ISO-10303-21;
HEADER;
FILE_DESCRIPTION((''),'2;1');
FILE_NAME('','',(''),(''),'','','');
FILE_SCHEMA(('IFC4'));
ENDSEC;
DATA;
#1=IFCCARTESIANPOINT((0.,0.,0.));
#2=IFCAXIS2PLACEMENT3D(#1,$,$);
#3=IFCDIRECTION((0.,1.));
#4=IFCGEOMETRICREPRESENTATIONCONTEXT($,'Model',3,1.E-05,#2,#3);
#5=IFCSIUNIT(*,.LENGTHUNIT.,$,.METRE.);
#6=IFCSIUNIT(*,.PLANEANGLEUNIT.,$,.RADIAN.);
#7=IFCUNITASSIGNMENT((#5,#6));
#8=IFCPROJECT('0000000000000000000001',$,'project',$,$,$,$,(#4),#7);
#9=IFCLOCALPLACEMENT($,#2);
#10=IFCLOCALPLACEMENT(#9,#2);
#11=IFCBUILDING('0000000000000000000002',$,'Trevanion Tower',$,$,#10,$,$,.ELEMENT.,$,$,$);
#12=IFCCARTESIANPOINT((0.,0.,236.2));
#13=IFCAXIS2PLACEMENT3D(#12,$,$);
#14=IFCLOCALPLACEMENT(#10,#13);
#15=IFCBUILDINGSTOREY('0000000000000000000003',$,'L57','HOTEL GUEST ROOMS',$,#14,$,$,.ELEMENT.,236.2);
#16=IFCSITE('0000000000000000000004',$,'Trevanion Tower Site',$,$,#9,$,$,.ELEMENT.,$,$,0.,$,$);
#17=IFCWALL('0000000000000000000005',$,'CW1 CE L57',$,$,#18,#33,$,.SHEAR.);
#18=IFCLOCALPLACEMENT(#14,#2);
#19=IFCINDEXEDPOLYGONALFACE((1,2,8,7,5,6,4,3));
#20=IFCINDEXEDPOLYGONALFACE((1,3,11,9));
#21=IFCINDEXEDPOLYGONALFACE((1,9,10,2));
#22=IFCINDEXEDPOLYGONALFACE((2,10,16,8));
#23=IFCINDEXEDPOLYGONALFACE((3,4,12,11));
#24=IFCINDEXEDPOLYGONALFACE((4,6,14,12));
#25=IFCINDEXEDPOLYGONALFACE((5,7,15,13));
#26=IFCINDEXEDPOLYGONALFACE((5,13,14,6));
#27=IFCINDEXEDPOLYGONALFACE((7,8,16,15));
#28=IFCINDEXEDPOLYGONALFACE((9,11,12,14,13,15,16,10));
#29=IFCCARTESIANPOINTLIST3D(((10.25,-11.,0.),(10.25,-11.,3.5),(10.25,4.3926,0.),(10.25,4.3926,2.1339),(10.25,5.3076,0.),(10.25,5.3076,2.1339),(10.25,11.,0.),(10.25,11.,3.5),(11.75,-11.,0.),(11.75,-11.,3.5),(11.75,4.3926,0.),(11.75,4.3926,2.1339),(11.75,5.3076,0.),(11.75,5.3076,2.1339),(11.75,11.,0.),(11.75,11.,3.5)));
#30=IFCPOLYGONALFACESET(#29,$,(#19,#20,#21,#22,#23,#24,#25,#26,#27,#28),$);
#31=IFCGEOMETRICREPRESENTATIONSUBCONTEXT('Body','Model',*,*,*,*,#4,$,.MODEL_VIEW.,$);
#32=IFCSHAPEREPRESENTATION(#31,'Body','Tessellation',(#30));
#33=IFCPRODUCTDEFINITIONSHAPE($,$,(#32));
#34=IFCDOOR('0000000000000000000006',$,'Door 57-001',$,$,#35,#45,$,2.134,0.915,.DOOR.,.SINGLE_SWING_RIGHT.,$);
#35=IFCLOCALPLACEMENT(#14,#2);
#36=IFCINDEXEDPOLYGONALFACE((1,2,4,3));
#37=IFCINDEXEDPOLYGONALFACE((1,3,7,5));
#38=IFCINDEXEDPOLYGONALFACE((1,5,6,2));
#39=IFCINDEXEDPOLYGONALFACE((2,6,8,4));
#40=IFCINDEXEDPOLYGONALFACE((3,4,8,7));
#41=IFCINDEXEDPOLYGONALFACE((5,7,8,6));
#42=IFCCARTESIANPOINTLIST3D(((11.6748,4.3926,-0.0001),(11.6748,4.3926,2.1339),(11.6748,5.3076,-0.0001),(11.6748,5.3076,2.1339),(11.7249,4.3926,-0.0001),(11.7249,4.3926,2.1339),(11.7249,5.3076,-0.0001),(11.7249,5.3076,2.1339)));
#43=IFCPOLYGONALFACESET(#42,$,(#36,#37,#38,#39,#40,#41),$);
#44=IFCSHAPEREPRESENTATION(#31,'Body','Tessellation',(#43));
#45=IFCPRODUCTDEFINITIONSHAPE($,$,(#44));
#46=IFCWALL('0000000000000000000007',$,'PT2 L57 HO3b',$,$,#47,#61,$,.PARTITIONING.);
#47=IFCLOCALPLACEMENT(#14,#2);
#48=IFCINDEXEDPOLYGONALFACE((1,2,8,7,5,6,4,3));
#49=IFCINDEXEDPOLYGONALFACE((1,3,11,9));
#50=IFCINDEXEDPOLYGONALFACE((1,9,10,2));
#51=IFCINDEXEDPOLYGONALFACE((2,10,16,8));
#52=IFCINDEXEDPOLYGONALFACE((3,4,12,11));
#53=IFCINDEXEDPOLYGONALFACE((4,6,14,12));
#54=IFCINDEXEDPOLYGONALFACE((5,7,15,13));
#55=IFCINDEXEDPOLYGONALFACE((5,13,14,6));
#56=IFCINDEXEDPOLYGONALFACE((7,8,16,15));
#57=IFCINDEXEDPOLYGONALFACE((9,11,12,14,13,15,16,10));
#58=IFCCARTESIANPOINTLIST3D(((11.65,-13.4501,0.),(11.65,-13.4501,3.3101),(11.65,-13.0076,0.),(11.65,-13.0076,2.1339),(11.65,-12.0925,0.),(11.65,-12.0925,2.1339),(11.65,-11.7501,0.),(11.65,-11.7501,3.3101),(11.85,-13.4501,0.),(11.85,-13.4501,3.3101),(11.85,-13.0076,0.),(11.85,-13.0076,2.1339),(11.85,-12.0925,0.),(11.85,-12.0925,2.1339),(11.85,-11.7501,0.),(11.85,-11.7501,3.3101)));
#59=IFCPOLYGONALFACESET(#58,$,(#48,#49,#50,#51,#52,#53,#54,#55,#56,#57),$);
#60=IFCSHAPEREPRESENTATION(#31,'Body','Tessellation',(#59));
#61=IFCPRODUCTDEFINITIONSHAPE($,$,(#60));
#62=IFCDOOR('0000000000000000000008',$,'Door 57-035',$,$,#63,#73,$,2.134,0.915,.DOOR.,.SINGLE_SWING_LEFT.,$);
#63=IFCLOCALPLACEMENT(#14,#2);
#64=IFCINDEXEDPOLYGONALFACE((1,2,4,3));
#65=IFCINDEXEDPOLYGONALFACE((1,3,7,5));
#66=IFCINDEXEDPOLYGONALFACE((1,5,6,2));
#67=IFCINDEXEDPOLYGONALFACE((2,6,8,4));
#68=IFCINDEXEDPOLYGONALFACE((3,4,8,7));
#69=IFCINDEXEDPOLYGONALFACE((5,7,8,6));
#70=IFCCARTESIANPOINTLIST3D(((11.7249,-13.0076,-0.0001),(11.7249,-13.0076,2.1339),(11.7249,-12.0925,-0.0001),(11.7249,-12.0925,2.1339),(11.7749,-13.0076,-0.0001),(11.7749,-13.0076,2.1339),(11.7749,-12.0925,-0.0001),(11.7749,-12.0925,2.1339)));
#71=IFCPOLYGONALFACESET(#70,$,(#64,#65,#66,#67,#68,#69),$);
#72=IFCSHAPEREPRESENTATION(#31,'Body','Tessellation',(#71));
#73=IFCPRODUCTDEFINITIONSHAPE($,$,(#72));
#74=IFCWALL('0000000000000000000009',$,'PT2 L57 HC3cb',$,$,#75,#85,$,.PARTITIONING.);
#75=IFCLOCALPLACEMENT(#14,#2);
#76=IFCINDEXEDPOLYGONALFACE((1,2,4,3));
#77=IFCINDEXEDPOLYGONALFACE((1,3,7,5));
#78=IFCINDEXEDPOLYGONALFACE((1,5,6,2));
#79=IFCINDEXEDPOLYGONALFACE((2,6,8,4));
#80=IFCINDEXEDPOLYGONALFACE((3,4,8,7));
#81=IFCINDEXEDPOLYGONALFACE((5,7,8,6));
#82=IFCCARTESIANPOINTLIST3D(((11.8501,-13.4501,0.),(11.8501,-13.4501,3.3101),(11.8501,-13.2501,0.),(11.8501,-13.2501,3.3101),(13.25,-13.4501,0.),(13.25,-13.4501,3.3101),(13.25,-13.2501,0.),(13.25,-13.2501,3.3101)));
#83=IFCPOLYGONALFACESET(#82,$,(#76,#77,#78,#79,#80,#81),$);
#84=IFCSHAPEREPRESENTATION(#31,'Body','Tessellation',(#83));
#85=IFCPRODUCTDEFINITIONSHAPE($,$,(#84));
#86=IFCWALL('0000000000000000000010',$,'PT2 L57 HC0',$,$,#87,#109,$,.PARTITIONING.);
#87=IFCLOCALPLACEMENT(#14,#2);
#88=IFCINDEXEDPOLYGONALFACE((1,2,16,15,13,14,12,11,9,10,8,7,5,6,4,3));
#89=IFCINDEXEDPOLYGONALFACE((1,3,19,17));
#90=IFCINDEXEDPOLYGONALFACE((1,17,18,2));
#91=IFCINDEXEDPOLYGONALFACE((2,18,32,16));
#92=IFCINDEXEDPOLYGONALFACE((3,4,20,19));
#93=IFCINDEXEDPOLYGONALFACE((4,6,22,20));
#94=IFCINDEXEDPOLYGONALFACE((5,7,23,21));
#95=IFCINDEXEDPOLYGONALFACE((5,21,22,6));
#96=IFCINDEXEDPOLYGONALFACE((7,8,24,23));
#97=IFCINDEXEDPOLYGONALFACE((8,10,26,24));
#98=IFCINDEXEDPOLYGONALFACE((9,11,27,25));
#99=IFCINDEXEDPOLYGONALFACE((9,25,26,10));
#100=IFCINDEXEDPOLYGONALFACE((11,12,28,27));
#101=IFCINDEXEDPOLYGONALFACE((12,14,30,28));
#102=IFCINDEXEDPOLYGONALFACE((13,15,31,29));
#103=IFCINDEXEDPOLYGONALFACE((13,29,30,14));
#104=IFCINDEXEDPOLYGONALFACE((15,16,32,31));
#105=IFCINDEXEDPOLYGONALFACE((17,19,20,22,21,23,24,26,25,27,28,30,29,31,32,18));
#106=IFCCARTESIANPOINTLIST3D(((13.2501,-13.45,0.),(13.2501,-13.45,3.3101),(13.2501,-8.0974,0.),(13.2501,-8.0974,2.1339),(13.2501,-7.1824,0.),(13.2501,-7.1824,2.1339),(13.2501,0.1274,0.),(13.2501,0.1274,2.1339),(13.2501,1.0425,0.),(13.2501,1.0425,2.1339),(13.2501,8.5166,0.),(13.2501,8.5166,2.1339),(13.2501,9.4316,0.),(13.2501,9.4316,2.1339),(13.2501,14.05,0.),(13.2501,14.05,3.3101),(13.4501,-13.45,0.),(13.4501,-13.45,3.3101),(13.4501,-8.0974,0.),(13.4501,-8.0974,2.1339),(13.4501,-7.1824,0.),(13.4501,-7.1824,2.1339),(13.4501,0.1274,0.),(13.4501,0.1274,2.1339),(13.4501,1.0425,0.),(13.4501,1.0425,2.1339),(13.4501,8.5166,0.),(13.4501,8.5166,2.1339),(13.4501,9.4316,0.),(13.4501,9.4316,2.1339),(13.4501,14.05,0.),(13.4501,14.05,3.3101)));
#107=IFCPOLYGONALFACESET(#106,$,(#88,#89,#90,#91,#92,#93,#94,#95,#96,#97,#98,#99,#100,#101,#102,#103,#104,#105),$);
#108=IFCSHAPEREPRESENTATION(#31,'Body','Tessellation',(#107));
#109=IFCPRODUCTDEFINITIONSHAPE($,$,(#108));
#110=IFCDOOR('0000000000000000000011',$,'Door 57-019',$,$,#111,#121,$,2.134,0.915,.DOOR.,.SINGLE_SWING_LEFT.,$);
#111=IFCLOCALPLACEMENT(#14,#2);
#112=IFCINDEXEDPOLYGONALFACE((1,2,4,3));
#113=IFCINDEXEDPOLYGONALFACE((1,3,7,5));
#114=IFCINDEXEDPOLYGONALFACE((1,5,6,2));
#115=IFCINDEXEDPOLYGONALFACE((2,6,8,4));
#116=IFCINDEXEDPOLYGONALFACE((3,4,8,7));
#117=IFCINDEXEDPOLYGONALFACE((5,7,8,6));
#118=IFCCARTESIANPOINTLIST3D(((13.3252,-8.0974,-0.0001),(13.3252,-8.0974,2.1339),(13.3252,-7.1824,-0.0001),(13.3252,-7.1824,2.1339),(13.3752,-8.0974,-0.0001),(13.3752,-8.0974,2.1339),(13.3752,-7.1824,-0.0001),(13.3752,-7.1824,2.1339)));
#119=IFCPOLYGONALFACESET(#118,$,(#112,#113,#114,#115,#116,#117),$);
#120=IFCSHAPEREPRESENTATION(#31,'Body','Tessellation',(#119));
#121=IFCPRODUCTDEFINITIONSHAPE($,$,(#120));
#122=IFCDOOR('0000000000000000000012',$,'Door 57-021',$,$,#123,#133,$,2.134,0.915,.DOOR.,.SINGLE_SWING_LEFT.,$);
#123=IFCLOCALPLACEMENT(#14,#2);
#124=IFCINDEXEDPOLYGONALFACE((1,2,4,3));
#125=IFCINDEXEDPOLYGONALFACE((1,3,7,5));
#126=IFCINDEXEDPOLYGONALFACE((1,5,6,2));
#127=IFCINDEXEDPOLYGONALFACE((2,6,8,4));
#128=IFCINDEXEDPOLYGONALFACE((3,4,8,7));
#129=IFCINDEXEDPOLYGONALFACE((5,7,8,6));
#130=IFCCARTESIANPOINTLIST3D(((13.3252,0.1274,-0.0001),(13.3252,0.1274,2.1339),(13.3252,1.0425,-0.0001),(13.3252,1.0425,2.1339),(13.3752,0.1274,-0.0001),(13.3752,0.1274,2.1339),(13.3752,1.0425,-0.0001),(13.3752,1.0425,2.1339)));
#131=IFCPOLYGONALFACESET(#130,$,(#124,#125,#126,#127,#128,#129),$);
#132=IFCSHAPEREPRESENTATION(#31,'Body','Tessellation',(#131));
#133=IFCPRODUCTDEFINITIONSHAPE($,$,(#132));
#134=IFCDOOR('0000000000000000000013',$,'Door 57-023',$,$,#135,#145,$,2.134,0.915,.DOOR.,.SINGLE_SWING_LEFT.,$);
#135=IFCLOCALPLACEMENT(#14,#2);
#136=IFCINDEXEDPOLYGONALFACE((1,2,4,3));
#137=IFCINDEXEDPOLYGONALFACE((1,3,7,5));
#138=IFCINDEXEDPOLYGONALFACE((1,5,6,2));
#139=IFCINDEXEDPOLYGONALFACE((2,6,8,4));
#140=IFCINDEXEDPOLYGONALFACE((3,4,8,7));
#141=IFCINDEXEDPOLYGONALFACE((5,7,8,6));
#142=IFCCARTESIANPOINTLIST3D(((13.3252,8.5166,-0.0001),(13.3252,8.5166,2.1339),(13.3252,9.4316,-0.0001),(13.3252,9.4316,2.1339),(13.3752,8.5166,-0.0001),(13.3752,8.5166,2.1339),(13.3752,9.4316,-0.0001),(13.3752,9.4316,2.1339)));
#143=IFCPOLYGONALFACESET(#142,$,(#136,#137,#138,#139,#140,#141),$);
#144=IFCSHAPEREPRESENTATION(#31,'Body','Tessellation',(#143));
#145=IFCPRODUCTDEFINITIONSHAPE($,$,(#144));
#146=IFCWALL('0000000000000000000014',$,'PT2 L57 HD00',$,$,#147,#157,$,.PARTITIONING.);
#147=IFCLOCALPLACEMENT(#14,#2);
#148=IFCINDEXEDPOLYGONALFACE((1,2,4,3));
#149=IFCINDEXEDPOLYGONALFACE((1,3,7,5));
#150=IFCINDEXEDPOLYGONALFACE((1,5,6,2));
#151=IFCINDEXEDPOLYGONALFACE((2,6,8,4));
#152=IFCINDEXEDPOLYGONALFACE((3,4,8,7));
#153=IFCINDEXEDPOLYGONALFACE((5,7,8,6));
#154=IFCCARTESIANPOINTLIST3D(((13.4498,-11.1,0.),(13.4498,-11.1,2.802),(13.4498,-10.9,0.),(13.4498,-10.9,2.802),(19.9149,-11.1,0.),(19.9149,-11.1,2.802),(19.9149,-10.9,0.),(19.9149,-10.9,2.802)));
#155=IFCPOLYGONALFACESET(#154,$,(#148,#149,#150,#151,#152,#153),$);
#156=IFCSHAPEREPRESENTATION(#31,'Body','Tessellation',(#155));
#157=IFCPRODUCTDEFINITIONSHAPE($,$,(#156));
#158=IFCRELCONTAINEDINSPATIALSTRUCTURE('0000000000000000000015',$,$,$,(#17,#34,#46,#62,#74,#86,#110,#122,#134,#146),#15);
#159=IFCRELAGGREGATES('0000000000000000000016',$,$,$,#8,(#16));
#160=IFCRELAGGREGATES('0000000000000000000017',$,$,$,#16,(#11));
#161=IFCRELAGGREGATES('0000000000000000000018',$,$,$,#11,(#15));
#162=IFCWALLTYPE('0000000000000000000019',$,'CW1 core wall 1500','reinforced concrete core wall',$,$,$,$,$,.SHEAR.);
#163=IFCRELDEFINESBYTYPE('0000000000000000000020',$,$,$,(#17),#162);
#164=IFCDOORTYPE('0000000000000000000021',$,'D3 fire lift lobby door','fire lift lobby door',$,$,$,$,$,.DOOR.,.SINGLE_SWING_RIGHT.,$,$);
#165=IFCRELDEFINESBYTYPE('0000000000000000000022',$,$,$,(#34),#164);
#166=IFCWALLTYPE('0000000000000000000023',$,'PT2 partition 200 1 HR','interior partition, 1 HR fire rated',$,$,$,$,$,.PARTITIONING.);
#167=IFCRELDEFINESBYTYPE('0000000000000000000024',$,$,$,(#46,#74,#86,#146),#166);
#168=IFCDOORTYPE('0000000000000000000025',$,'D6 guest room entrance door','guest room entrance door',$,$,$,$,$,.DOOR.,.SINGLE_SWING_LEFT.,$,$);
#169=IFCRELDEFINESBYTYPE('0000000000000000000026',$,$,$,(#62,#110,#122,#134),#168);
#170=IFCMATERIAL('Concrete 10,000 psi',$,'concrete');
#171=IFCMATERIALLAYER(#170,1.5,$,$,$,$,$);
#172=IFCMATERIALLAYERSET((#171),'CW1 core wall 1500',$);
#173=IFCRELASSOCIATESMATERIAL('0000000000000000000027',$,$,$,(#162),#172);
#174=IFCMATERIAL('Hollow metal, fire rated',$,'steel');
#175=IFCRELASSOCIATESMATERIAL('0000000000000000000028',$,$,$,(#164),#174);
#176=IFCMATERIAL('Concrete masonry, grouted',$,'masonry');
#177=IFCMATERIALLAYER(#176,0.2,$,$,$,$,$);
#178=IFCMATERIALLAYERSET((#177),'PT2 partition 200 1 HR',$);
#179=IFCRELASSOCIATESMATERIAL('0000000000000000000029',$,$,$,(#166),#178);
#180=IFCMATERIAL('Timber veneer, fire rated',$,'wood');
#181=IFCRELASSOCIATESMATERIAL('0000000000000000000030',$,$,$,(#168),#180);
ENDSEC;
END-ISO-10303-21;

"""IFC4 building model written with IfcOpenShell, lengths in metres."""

from ifc_helpers import new_model, si_unit, direction, frame, frame_2d, origin, place, context, subcontext, project, spatial, rectangle, extrude, material, layer, layer_set, type_object, element, fill, save


model = new_model("IFC4")

# Units and contexts
model_context = context("Model", 3, precision=1e-05, world=origin(), true_north=direction((0.0, 1.0)))
body_context = subcontext(model_context, "Body", "Model", "MODEL_VIEW")
ifc_project = project(units=[si_unit("LENGTHUNIT", "METRE"), si_unit("PLANEANGLEUNIT", "RADIAN")], contexts=[model_context])

# Site, building, storey
site_placement = place(None, origin())
site = spatial("IfcSite", under=ifc_project, at=site_placement, Name="Trevanion Tower Site", CompositionType="ELEMENT", RefElevation=0.0)
building_placement = place(site_placement, origin())
building = spatial("IfcBuilding", under=site, at=building_placement, Name="Trevanion Tower", CompositionType="ELEMENT")
storey_placement = place(building_placement, frame((0.0, 0.0, 236.2)))
storey = spatial("IfcBuildingStorey", under=building, at=storey_placement, Name="L57", Description="HOTEL GUEST ROOMS", CompositionType="ELEMENT", Elevation=236.2)

# Walls, openings, doors
ifc_material_1 = material(Name="Concrete 10,000 psi", Category="concrete")
ifc_layer_1 = layer(ifc_material_1, 1.5)
ifc_layer_set_1 = layer_set([ifc_layer_1], Name="CW1 core wall 1500")
wall_type_1 = type_object("IfcWallType", Name="CW1 core wall 1500", Description="reinforced concrete core wall", PredefinedType="SHEAR", material=ifc_layer_set_1)
wall_1_placement = place(storey_placement, frame((11.0, -11.0, 0.0), z_axis=(0.0, 0.0, 1.0), x_axis=(0.0, 1.0, 0.0)))
wall_1 = element("IfcWall", 1, at=wall_1_placement, inside=storey, type_object=wall_type_1, Name="CW1 CE L57", PredefinedType="SHEAR", context=body_context, shape_type="SweptSolid", body=[
    extrude(rectangle(XDim=22.0, YDim=1.5, at=frame_2d((11.0, 0.0))), origin(), (0.0, 0.0, 1.0), 3.5),
])
opening_1_placement = place(wall_1_placement, frame((15.3926, 0.0, 0.0)))
opening_1 = element("IfcOpeningElement", 2, at=opening_1_placement, cuts=wall_1, PredefinedType="OPENING", context=body_context, shape_type="SweptSolid", body=[
    extrude(rectangle(XDim=0.915, YDim=2.134, at=frame_2d((0.4575, 1.0669))), frame((0.0, 0.76, 0.0), z_axis=(0.0, -1.0, 0.0), x_axis=(1.0, 0.0, 0.0)), (0.0, 0.0, 1.0), 1.52),
])
ifc_material_2 = material(Name="Hollow metal, fire rated", Category="steel")
door_type_1 = type_object("IfcDoorType", Name="D3 fire lift lobby door", Description="fire lift lobby door", OperationType="SINGLE_SWING_RIGHT", PredefinedType="DOOR", material=ifc_material_2)
door_1_placement = place(opening_1_placement, origin())
door_1 = element("IfcDoor", 3, at=door_1_placement, inside=storey, type_object=door_type_1, Name="Door 57-001", OperationType="SINGLE_SWING_RIGHT", OverallHeight=2.134, OverallWidth=0.915, PredefinedType="DOOR", context=body_context, shape_type="SweptSolid", body=[
    extrude(rectangle(XDim=0.915, YDim=2.134, at=frame_2d((0.4575, 1.0669))), frame((0.0, -0.6748, 0.0), z_axis=(0.0, -1.0, 0.0), x_axis=(1.0, 0.0, 0.0)), (0.0, 0.0, 1.0), 0.05),
])
fill(opening_1, door_1)
ifc_material_3 = material(Name="Concrete masonry, grouted", Category="masonry")
ifc_layer_2 = layer(ifc_material_3, 0.2)
ifc_layer_set_2 = layer_set([ifc_layer_2], Name="PT2 partition 200 1 HR")
wall_type_2 = type_object("IfcWallType", Name="PT2 partition 200 1 HR", Description="interior partition, 1 HR fire rated", PredefinedType="PARTITIONING", material=ifc_layer_set_2)
wall_2_placement = place(storey_placement, frame((11.75, -11.75, 0.0), z_axis=(0.0, 0.0, 1.0), x_axis=(0.0, -1.0, 0.0)))
wall_2 = element("IfcWall", 4, at=wall_2_placement, inside=storey, type_object=wall_type_2, Name="PT2 L57 HO3b", PredefinedType="PARTITIONING", context=body_context, shape_type="SweptSolid", body=[
    extrude(rectangle(XDim=1.7, YDim=0.2, at=frame_2d((0.8501, 0.0))), origin(), (0.0, 0.0, 1.0), 3.3101),
])
opening_2_placement = place(wall_2_placement, frame((0.3425, 0.0, 0.0)))
opening_2 = element("IfcOpeningElement", 5, at=opening_2_placement, cuts=wall_2, PredefinedType="OPENING", context=body_context, shape_type="SweptSolid", body=[
    extrude(rectangle(XDim=0.915, YDim=2.134, at=frame_2d((0.4575, 1.0669))), frame((0.0, 0.1099, 0.0), z_axis=(0.0, -1.0, 0.0), x_axis=(1.0, 0.0, 0.0)), (0.0, 0.0, 1.0), 0.22),
])
ifc_material_4 = material(Name="Timber veneer, fire rated", Category="wood")
door_type_2 = type_object("IfcDoorType", Name="D6 guest room entrance door", Description="guest room entrance door", OperationType="SINGLE_SWING_LEFT", PredefinedType="DOOR", material=ifc_material_4)
door_2_placement = place(opening_2_placement, origin())
door_2 = element("IfcDoor", 6, at=door_2_placement, inside=storey, type_object=door_type_2, Name="Door 57-035", OperationType="SINGLE_SWING_LEFT", OverallHeight=2.134, OverallWidth=0.915, PredefinedType="DOOR", context=body_context, shape_type="SweptSolid", body=[
    extrude(rectangle(XDim=0.915, YDim=2.134, at=frame_2d((0.4575, 1.0669))), frame((0.0, 0.0249, 0.0), z_axis=(0.0, -1.0, 0.0), x_axis=(1.0, 0.0, 0.0)), (0.0, 0.0, 1.0), 0.05),
])
fill(opening_2, door_2)

# Wall
wall_3_placement = place(storey_placement, frame((11.8501, -13.3501, 0.0), z_axis=(0.0, 0.0, 1.0), x_axis=(1.0, 0.0, 0.0)))
element("IfcWall", 7, at=wall_3_placement, inside=storey, type_object=wall_type_2, Name="PT2 L57 HC3cb", PredefinedType="PARTITIONING", context=body_context, shape_type="SweptSolid", body=[
    extrude(rectangle(XDim=1.3999, YDim=0.2, at=frame_2d((0.7, 0.0))), origin(), (0.0, 0.0, 1.0), 3.3101),
])

# Wall, openings, doors
wall_4_placement = place(storey_placement, frame((13.3501, -13.45, 0.0), z_axis=(0.0, 0.0, 1.0), x_axis=(0.0, 1.0, 0.0)))
wall_4 = element("IfcWall", 8, at=wall_4_placement, inside=storey, type_object=wall_type_2, Name="PT2 L57 HC0", PredefinedType="PARTITIONING", context=body_context, shape_type="SweptSolid", body=[
    extrude(rectangle(XDim=27.5, YDim=0.2, at=frame_2d((13.75, 0.0))), origin(), (0.0, 0.0, 1.0), 3.3101),
])
opening_3_placement = place(wall_4_placement, frame((5.3525, 0.0, 0.0)))
opening_3 = element("IfcOpeningElement", 9, at=opening_3_placement, cuts=wall_4, PredefinedType="OPENING", context=body_context, shape_type="SweptSolid", body=[
    extrude(rectangle(XDim=0.915, YDim=2.134, at=frame_2d((0.4575, 1.0669))), frame((0.0, 0.1099, 0.0), z_axis=(0.0, -1.0, 0.0), x_axis=(1.0, 0.0, 0.0)), (0.0, 0.0, 1.0), 0.22),
])
opening_4_placement = place(wall_4_placement, frame((13.5774, 0.0, 0.0)))
opening_4 = element("IfcOpeningElement", 10, at=opening_4_placement, cuts=wall_4, PredefinedType="OPENING", context=body_context, shape_type="SweptSolid", body=[
    extrude(rectangle(XDim=0.915, YDim=2.134, at=frame_2d((0.4575, 1.0669))), frame((0.0, 0.1099, 0.0), z_axis=(0.0, -1.0, 0.0), x_axis=(1.0, 0.0, 0.0)), (0.0, 0.0, 1.0), 0.22),
])
opening_5_placement = place(wall_4_placement, frame((21.9666, 0.0, 0.0)))
opening_5 = element("IfcOpeningElement", 11, at=opening_5_placement, cuts=wall_4, PredefinedType="OPENING", context=body_context, shape_type="SweptSolid", body=[
    extrude(rectangle(XDim=0.915, YDim=2.134, at=frame_2d((0.4575, 1.0669))), frame((0.0, 0.1099, 0.0), z_axis=(0.0, -1.0, 0.0), x_axis=(1.0, 0.0, 0.0)), (0.0, 0.0, 1.0), 0.22),
])
door_3_placement = place(opening_3_placement, origin())
door_3 = element("IfcDoor", 12, at=door_3_placement, inside=storey, type_object=door_type_2, Name="Door 57-019", OperationType="SINGLE_SWING_LEFT", OverallHeight=2.134, OverallWidth=0.915, PredefinedType="DOOR", context=body_context, shape_type="SweptSolid", body=[
    extrude(rectangle(XDim=0.915, YDim=2.134, at=frame_2d((0.4575, 1.0669))), frame((0.0, 0.0249, 0.0), z_axis=(0.0, -1.0, 0.0), x_axis=(1.0, 0.0, 0.0)), (0.0, 0.0, 1.0), 0.05),
])
fill(opening_3, door_3)
door_4_placement = place(opening_4_placement, origin())
door_4 = element("IfcDoor", 13, at=door_4_placement, inside=storey, type_object=door_type_2, Name="Door 57-021", OperationType="SINGLE_SWING_LEFT", OverallHeight=2.134, OverallWidth=0.915, PredefinedType="DOOR", context=body_context, shape_type="SweptSolid", body=[
    extrude(rectangle(XDim=0.915, YDim=2.134, at=frame_2d((0.4575, 1.0669))), frame((0.0, 0.0249, 0.0), z_axis=(0.0, -1.0, 0.0), x_axis=(1.0, 0.0, 0.0)), (0.0, 0.0, 1.0), 0.05),
])
fill(opening_4, door_4)
door_5_placement = place(opening_5_placement, origin())
door_5 = element("IfcDoor", 14, at=door_5_placement, inside=storey, type_object=door_type_2, Name="Door 57-023", OperationType="SINGLE_SWING_LEFT", OverallHeight=2.134, OverallWidth=0.915, PredefinedType="DOOR", context=body_context, shape_type="SweptSolid", body=[
    extrude(rectangle(XDim=0.915, YDim=2.134, at=frame_2d((0.4575, 1.0669))), frame((0.0, 0.0249, 0.0), z_axis=(0.0, -1.0, 0.0), x_axis=(1.0, 0.0, 0.0)), (0.0, 0.0, 1.0), 0.05),
])
fill(opening_5, door_5)

# Wall
wall_5_placement = place(storey_placement, frame((13.45, -11.0, 0.0), z_axis=(0.0, 0.0, 1.0), x_axis=(1.0, 0.0, 0.0)))
element("IfcWall", 15, at=wall_5_placement, inside=storey, type_object=wall_type_2, Name="PT2 L57 HD00", PredefinedType="PARTITIONING", context=body_context, shape_type="SweptSolid", body=[
    extrude(rectangle(XDim=6.4651, YDim=0.2, at=frame_2d((3.2324, 0.0))), origin(), (0.0, 0.0, 1.0), 2.802),
])

save(model, "model.ifc")
